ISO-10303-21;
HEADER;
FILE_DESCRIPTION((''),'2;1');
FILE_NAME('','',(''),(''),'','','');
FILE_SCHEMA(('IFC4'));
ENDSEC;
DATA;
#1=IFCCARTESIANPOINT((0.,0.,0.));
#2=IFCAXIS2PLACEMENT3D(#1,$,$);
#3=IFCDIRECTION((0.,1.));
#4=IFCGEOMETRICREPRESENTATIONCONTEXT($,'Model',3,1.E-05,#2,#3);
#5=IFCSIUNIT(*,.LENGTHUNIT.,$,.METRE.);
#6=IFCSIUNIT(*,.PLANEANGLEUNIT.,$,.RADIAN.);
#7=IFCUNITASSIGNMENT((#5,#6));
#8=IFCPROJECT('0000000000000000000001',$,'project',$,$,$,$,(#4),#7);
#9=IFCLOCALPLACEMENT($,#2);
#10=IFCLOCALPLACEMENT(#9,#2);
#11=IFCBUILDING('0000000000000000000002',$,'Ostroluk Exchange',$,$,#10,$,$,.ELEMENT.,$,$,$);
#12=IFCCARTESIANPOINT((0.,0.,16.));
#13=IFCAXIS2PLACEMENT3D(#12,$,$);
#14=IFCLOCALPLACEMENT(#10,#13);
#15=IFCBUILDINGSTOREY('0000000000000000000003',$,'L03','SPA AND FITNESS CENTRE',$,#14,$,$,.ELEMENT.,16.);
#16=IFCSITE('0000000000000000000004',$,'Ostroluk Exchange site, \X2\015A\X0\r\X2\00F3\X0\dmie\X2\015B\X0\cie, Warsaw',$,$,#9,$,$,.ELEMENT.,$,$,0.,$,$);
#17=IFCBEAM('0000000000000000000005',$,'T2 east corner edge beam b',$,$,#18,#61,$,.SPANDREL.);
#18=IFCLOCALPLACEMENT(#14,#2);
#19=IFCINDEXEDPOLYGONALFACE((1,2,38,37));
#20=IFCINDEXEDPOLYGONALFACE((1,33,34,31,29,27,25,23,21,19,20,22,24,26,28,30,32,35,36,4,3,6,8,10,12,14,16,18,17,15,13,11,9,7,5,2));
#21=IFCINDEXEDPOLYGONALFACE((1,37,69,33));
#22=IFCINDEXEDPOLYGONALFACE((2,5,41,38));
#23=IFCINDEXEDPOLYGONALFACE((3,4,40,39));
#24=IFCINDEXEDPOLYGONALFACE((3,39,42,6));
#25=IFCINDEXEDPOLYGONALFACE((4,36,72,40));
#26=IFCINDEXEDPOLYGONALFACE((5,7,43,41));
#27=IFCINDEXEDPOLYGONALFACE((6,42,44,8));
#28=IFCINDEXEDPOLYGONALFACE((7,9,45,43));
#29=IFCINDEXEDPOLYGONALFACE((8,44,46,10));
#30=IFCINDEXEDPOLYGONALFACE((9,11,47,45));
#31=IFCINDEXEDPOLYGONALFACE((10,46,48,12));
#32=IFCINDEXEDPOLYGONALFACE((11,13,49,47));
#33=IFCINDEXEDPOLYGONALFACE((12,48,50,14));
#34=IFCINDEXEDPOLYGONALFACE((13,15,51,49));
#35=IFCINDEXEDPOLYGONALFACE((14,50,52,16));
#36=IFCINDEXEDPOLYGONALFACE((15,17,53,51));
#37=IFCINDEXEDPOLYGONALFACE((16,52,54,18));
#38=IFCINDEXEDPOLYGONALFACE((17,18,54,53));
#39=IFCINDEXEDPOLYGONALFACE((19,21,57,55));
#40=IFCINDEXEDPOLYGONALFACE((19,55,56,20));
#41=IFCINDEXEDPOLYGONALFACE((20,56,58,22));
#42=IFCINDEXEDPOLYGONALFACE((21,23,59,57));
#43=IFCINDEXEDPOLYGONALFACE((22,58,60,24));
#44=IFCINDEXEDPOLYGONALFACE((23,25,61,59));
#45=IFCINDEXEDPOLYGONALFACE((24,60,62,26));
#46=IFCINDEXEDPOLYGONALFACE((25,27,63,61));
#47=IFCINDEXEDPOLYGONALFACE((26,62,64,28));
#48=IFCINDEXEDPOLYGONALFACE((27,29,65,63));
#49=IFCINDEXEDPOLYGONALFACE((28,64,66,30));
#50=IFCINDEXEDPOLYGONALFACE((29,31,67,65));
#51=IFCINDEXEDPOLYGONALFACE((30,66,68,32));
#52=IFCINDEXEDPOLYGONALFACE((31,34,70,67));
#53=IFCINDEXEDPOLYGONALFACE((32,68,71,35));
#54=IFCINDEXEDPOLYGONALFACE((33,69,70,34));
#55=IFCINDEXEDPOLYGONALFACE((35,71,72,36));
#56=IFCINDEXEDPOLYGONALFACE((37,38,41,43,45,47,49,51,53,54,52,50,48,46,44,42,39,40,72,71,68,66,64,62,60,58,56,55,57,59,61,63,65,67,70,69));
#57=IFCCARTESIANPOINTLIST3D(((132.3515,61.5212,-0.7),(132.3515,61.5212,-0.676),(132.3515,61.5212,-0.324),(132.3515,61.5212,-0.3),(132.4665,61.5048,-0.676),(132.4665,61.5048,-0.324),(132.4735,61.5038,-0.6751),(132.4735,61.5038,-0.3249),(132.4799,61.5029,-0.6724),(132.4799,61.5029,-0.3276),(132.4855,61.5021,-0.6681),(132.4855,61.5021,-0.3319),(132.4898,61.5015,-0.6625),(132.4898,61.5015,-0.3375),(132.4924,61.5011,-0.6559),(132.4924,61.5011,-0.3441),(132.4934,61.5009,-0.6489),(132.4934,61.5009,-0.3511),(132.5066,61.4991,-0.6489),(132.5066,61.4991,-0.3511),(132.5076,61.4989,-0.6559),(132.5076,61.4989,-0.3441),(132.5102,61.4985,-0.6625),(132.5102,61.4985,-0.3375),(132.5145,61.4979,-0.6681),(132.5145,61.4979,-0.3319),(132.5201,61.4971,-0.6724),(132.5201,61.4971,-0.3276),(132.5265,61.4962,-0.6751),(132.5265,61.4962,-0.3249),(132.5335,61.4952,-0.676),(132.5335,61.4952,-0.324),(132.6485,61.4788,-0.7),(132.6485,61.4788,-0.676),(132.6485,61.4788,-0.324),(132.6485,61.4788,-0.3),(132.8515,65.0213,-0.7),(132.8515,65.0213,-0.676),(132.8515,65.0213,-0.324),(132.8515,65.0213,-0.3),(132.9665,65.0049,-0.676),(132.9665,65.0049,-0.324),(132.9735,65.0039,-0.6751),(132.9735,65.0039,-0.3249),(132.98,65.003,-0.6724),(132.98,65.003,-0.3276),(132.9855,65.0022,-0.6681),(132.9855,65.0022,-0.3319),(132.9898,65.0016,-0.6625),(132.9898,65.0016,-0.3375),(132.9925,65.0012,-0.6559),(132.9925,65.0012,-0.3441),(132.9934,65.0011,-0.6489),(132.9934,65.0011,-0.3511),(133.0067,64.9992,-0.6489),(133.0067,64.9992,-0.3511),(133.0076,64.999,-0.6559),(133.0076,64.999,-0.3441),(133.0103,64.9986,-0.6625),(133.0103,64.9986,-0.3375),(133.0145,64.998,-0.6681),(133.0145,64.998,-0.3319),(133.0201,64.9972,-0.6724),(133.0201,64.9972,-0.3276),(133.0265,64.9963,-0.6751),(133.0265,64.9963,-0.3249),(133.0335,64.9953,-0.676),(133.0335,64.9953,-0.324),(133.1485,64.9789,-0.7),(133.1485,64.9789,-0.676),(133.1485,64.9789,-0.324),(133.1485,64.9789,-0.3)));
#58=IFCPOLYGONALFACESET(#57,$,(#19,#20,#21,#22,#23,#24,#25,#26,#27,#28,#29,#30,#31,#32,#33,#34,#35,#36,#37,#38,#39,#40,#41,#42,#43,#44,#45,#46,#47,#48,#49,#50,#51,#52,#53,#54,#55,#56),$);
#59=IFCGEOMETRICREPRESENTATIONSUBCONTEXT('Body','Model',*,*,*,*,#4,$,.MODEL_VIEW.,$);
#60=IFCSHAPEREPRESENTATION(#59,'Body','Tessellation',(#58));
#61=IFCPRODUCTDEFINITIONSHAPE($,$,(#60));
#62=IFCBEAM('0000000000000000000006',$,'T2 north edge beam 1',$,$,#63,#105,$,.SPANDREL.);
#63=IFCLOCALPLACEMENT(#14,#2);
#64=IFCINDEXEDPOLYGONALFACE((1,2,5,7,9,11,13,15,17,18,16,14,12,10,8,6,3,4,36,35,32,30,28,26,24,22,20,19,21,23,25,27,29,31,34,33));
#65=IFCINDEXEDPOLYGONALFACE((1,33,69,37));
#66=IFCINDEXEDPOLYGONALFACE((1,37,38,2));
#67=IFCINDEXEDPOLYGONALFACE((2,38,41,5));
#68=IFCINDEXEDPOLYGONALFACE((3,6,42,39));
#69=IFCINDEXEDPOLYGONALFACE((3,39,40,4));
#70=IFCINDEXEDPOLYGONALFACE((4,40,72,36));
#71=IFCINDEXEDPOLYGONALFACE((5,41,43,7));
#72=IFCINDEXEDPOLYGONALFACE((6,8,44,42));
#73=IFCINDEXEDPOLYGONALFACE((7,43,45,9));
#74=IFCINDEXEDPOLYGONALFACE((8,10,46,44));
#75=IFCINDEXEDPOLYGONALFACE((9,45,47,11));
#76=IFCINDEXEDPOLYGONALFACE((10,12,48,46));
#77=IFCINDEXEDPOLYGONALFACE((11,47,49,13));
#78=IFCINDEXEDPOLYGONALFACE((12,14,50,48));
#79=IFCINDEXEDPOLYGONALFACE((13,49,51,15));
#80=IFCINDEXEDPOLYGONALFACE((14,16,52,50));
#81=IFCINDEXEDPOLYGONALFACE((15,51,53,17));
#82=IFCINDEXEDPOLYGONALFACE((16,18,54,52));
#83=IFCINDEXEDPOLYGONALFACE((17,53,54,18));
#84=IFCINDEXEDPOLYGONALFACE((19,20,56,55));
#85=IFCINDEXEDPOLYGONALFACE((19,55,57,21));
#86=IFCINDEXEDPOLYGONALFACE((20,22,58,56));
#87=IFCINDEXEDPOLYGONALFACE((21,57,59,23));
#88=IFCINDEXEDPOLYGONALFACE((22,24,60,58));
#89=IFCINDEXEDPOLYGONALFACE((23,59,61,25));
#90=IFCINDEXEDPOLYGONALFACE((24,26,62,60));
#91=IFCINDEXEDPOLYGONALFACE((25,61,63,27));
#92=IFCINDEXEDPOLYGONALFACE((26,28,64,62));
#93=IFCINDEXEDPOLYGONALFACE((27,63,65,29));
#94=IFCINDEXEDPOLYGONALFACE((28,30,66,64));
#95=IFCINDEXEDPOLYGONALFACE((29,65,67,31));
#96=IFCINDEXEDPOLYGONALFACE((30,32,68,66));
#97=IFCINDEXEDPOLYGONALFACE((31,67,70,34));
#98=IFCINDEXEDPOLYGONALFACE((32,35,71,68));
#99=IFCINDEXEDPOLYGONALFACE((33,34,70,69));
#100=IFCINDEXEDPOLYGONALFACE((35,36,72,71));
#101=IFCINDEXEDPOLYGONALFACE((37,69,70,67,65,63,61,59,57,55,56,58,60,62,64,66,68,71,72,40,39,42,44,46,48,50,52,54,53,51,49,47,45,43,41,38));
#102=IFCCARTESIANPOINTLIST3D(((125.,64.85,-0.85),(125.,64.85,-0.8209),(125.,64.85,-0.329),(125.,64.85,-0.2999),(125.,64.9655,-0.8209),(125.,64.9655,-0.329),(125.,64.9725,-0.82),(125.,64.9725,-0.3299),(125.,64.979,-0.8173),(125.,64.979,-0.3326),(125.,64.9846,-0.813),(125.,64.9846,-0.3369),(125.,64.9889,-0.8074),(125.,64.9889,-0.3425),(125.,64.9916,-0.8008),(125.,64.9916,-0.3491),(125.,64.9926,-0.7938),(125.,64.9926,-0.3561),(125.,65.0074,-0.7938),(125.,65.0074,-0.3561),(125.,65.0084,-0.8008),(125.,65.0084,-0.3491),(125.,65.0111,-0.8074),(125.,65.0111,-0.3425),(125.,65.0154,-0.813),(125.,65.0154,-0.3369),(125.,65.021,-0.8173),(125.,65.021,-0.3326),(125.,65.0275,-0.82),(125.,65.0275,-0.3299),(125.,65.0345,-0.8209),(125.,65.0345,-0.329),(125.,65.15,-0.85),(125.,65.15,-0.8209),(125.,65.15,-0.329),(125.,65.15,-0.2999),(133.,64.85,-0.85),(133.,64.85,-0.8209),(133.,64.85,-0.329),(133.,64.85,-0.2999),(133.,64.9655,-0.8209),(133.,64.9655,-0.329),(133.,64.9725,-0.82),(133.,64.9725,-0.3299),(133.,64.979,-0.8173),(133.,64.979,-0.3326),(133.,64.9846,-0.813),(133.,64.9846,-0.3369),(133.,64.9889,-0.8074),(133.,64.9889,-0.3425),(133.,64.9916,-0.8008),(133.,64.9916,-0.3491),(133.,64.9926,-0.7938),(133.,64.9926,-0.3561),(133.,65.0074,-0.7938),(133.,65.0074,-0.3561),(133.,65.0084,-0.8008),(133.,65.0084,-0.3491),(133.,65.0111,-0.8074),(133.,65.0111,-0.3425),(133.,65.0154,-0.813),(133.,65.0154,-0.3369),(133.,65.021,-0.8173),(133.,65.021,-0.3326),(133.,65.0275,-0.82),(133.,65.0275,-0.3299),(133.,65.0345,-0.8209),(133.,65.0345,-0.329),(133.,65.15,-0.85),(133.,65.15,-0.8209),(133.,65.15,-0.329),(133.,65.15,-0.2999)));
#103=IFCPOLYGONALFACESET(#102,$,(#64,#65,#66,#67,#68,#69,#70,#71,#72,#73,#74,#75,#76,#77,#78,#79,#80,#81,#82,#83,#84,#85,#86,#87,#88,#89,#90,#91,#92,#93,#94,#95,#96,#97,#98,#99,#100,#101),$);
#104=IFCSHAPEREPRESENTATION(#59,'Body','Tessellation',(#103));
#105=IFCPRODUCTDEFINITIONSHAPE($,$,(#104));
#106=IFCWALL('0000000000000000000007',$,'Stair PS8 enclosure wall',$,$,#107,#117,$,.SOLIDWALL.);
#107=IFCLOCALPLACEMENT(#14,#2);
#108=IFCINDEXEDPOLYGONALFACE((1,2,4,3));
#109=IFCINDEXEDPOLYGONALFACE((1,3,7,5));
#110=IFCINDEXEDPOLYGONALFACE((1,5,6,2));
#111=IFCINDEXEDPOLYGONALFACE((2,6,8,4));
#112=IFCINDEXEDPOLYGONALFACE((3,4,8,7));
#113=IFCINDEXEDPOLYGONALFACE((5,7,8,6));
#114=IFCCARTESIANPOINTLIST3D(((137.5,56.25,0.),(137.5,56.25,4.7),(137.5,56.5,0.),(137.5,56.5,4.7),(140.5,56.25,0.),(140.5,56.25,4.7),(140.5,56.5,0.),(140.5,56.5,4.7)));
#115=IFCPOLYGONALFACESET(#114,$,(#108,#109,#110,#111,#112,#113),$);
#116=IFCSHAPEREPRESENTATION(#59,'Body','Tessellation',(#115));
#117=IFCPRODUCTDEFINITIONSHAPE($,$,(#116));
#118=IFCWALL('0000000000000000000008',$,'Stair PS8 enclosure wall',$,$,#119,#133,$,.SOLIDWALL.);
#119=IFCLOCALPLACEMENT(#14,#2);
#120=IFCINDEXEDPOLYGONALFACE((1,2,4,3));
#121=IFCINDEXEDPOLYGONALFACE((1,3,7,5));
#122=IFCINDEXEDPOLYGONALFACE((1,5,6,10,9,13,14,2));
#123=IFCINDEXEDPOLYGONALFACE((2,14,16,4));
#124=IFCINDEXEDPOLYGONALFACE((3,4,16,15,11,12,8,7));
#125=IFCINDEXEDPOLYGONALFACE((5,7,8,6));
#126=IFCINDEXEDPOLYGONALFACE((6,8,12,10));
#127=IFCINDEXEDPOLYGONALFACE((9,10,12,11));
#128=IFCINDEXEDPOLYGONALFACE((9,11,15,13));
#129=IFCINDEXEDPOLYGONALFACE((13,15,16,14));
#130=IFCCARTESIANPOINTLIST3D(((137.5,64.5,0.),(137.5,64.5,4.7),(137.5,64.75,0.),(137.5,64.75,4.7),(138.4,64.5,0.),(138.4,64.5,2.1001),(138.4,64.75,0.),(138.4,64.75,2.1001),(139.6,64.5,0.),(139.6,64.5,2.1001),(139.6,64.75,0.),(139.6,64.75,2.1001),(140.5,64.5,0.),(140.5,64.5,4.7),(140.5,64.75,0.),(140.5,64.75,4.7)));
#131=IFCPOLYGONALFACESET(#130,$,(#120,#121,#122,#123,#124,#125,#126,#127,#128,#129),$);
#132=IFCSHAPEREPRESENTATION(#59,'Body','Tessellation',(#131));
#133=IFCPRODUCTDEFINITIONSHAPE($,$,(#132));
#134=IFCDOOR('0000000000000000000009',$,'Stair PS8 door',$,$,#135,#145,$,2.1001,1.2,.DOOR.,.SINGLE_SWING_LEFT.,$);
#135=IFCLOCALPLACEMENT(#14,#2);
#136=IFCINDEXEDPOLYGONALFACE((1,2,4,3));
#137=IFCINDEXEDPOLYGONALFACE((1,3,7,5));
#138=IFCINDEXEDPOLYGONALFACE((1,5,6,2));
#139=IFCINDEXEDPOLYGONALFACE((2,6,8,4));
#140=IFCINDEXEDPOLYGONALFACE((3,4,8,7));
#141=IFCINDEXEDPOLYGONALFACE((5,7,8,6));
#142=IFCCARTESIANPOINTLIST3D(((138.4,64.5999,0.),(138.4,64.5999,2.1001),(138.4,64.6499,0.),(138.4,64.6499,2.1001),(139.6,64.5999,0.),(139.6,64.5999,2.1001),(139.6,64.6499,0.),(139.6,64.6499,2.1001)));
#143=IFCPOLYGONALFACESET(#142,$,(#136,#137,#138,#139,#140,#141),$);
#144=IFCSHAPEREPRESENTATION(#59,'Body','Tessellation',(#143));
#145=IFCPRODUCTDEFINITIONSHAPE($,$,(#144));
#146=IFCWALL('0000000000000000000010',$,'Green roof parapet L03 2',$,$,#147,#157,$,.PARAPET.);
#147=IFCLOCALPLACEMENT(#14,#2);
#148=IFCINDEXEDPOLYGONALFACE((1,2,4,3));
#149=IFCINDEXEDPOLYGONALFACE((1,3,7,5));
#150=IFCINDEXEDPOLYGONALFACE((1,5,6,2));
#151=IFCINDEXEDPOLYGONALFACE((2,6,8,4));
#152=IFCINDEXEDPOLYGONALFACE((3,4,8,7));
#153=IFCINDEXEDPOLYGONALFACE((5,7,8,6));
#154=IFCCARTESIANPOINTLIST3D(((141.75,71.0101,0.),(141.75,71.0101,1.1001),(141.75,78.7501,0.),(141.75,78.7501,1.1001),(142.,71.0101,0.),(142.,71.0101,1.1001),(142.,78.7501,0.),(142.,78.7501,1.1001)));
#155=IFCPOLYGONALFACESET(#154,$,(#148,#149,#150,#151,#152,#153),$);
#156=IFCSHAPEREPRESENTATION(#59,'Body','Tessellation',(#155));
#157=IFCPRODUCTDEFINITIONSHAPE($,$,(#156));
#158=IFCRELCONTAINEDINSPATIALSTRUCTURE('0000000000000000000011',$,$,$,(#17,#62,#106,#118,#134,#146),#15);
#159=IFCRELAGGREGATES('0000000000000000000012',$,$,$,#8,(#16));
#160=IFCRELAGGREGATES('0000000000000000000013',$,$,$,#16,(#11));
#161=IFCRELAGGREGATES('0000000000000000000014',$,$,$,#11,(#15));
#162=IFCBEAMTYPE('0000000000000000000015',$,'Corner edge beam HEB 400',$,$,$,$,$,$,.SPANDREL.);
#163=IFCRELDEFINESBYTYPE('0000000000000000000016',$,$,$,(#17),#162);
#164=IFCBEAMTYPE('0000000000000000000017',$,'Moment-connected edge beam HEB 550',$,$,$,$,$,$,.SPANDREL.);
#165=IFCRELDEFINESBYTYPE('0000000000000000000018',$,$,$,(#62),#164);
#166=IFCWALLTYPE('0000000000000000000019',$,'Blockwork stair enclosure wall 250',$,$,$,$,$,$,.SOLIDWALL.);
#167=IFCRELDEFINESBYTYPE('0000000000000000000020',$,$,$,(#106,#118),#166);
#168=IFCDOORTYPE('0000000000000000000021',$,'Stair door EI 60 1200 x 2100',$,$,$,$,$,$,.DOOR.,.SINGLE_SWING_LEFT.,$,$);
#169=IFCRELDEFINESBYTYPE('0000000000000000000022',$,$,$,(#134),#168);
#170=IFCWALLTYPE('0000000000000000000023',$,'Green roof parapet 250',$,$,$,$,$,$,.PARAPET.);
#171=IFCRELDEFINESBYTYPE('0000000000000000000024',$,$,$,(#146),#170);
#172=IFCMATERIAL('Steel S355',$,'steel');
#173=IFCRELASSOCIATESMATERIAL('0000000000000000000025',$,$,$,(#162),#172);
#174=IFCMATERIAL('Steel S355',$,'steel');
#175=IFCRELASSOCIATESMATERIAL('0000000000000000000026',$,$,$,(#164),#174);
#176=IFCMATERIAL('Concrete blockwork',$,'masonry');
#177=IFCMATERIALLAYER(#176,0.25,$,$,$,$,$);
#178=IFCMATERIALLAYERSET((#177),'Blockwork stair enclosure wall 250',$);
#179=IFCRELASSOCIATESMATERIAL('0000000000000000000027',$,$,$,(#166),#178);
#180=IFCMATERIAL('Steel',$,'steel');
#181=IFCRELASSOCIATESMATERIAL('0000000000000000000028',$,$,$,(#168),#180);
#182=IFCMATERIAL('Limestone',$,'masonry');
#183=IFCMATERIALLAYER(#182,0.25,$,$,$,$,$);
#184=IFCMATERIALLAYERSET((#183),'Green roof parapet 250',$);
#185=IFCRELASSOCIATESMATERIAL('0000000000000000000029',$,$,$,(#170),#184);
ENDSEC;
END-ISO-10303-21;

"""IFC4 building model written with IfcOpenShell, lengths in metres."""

from ifc_helpers import new_model, si_unit, direction, frame, frame_2d, origin, origin_2d, place, context, subcontext, project, spatial, rectangle, i_section, extrude, material, layer, layer_set, material_profile, profile_set, type_object, element, fill, save


model = new_model("IFC4")

# Units and contexts
model_context = context("Model", 3, precision=1e-05, world=origin(), true_north=direction((0.0, 1.0)))
body_context = subcontext(model_context, "Body", "Model", "MODEL_VIEW")
ifc_project = project(units=[si_unit("LENGTHUNIT", "METRE"), si_unit("PLANEANGLEUNIT", "RADIAN")], contexts=[model_context])

# Site, building, storey
site_placement = place(None, origin())
site = spatial("IfcSite", under=ifc_project, at=site_placement, Name="Ostroluk Exchange site, Śródmieście, Warsaw", CompositionType="ELEMENT", RefElevation=0.0)
building_placement = place(site_placement, origin())
building = spatial("IfcBuilding", under=site, at=building_placement, Name="Ostroluk Exchange", CompositionType="ELEMENT")
storey_placement = place(building_placement, frame((0.0, 0.0, 16.0)))
storey = spatial("IfcBuildingStorey", under=building, at=storey_placement, Name="L03", Description="SPA AND FITNESS CENTRE", CompositionType="ELEMENT", Elevation=16.0)

# Beams
ifc_material_1 = material(Name="Steel S355", Category="steel")
ifc_material_profile_1 = material_profile(ifc_material_1, i_section(OverallWidth=0.3, OverallDepth=0.3999, WebThickness=0.0134, FlangeThickness=0.0239, FilletRadius=0.0271, at=origin_2d()), Name="HEB 400")
ifc_profile_set_1 = profile_set([ifc_material_profile_1], Name="Steel S355")
beam_type_1 = type_object("IfcBeamType", Name="Corner edge beam HEB 400", PredefinedType="SPANDREL", material=ifc_profile_set_1)
beam_1_placement = place(storey_placement, frame((132.5, 61.5, -0.5), z_axis=(0.141421, 0.989949, 0.0), x_axis=(-0.989949, 0.141421, 0.0)))
element("IfcBeam", 1, at=beam_1_placement, inside=storey, type_object=beam_type_1, Name="T2 east corner edge beam b", PredefinedType="SPANDREL", context=body_context, shape_type="SweptSolid", body=[
    extrude(i_section(OverallWidth=0.3, OverallDepth=0.3999, WebThickness=0.0134, FlangeThickness=0.0239, FilletRadius=0.0271, at=origin_2d()), origin(), (0.0, 0.0, 1.0), 3.5356),
])
ifc_material_2 = material(Name="Steel S355", Category="steel")
ifc_material_profile_2 = material_profile(ifc_material_2, i_section(OverallWidth=0.3, OverallDepth=0.55, WebThickness=0.0149, FlangeThickness=0.0291, FilletRadius=0.0271, at=origin_2d()), Name="HEB 550")
ifc_profile_set_2 = profile_set([ifc_material_profile_2], Name="Steel S355")
beam_type_2 = type_object("IfcBeamType", Name="Moment-connected edge beam HEB 550", PredefinedType="SPANDREL", material=ifc_profile_set_2)
beam_2_placement = place(storey_placement, frame((133.0, 65.0, -0.575), z_axis=(-1.0, 0.0, 0.0), x_axis=(0.0, -1.0, 0.0)))
element("IfcBeam", 2, at=beam_2_placement, inside=storey, type_object=beam_type_2, Name="T2 north edge beam 1", PredefinedType="SPANDREL", context=body_context, shape_type="SweptSolid", body=[
    extrude(i_section(OverallWidth=0.3, OverallDepth=0.55, WebThickness=0.0149, FlangeThickness=0.0291, FilletRadius=0.0271, at=origin_2d()), origin(), (0.0, 0.0, 1.0), 8.0),
])

# Wall
ifc_material_3 = material(Name="Concrete blockwork", Category="masonry")
ifc_layer_1 = layer(ifc_material_3, 0.25)
ifc_layer_set_1 = layer_set([ifc_layer_1], Name="Blockwork stair enclosure wall 250")
wall_type_1 = type_object("IfcWallType", Name="Blockwork stair enclosure wall 250", PredefinedType="SOLIDWALL", material=ifc_layer_set_1)
wall_1_placement = place(storey_placement, frame((137.5, 56.375, 0.0), z_axis=(0.0, 0.0, 1.0), x_axis=(1.0, 0.0, 0.0)))
element("IfcWall", 3, at=wall_1_placement, inside=storey, type_object=wall_type_1, Name="Stair PS8 enclosure wall", PredefinedType="SOLIDWALL", context=body_context, shape_type="SweptSolid", body=[
    extrude(rectangle(XDim=3.0, YDim=0.25, at=frame_2d((1.5, 0.0))), origin(), (0.0, 0.0, 1.0), 4.7),
])

# Wall, opening, door
wall_2_placement = place(storey_placement, frame((137.5, 64.625, 0.0), z_axis=(0.0, 0.0, 1.0), x_axis=(1.0, 0.0, 0.0)))
wall_2 = element("IfcWall", 4, at=wall_2_placement, inside=storey, type_object=wall_type_1, Name="Stair PS8 enclosure wall", PredefinedType="SOLIDWALL", context=body_context, shape_type="SweptSolid", body=[
    extrude(rectangle(XDim=3.0, YDim=0.25, at=frame_2d((1.5, 0.0))), origin(), (0.0, 0.0, 1.0), 4.7),
])
opening_1_placement = place(wall_2_placement, frame((0.8999, 0.0, 0.0)))
opening_1 = element("IfcOpeningElement", 5, at=opening_1_placement, cuts=wall_2, PredefinedType="OPENING", context=body_context, shape_type="SweptSolid", body=[
    extrude(rectangle(XDim=1.2, YDim=2.1001, at=frame_2d((0.6001, 1.05))), frame((0.0, 0.135, 0.0), z_axis=(0.0, -1.0, 0.0), x_axis=(1.0, 0.0, 0.0)), (0.0, 0.0, 1.0), 0.27),
])
ifc_material_4 = material(Name="Steel", Category="steel")
door_type_1 = type_object("IfcDoorType", Name="Stair door EI 60 1200 x 2100", OperationType="SINGLE_SWING_LEFT", PredefinedType="DOOR", material=ifc_material_4)
door_1_placement = place(opening_1_placement, origin())
door_1 = element("IfcDoor", 6, at=door_1_placement, inside=storey, type_object=door_type_1, Name="Stair PS8 door", OperationType="SINGLE_SWING_LEFT", OverallHeight=2.1001, OverallWidth=1.2, PredefinedType="DOOR", context=body_context, shape_type="SweptSolid", body=[
    extrude(rectangle(XDim=1.2, YDim=2.1001, at=frame_2d((0.6001, 1.05))), frame((0.0, 0.0249, 0.0), z_axis=(0.0, -1.0, 0.0), x_axis=(1.0, 0.0, 0.0)), (0.0, 0.0, 1.0), 0.05),
])
fill(opening_1, door_1)

# Wall
ifc_material_5 = material(Name="Limestone", Category="masonry")
ifc_layer_2 = layer(ifc_material_5, 0.25)
ifc_layer_set_2 = layer_set([ifc_layer_2], Name="Green roof parapet 250")
wall_type_2 = type_object("IfcWallType", Name="Green roof parapet 250", PredefinedType="PARAPET", material=ifc_layer_set_2)
wall_3_placement = place(storey_placement, frame((141.875, 71.01, 0.0), z_axis=(0.0, 0.0, 1.0), x_axis=(0.0, 1.0, 0.0)))
element("IfcWall", 7, at=wall_3_placement, inside=storey, type_object=wall_type_2, Name="Green roof parapet L03 2", PredefinedType="PARAPET", context=body_context, shape_type="SweptSolid", body=[
    extrude(rectangle(XDim=7.74, YDim=0.25, at=frame_2d((3.8701, 0.0))), origin(), (0.0, 0.0, 1.0), 1.1001),
])

save(model, "model.ifc")
